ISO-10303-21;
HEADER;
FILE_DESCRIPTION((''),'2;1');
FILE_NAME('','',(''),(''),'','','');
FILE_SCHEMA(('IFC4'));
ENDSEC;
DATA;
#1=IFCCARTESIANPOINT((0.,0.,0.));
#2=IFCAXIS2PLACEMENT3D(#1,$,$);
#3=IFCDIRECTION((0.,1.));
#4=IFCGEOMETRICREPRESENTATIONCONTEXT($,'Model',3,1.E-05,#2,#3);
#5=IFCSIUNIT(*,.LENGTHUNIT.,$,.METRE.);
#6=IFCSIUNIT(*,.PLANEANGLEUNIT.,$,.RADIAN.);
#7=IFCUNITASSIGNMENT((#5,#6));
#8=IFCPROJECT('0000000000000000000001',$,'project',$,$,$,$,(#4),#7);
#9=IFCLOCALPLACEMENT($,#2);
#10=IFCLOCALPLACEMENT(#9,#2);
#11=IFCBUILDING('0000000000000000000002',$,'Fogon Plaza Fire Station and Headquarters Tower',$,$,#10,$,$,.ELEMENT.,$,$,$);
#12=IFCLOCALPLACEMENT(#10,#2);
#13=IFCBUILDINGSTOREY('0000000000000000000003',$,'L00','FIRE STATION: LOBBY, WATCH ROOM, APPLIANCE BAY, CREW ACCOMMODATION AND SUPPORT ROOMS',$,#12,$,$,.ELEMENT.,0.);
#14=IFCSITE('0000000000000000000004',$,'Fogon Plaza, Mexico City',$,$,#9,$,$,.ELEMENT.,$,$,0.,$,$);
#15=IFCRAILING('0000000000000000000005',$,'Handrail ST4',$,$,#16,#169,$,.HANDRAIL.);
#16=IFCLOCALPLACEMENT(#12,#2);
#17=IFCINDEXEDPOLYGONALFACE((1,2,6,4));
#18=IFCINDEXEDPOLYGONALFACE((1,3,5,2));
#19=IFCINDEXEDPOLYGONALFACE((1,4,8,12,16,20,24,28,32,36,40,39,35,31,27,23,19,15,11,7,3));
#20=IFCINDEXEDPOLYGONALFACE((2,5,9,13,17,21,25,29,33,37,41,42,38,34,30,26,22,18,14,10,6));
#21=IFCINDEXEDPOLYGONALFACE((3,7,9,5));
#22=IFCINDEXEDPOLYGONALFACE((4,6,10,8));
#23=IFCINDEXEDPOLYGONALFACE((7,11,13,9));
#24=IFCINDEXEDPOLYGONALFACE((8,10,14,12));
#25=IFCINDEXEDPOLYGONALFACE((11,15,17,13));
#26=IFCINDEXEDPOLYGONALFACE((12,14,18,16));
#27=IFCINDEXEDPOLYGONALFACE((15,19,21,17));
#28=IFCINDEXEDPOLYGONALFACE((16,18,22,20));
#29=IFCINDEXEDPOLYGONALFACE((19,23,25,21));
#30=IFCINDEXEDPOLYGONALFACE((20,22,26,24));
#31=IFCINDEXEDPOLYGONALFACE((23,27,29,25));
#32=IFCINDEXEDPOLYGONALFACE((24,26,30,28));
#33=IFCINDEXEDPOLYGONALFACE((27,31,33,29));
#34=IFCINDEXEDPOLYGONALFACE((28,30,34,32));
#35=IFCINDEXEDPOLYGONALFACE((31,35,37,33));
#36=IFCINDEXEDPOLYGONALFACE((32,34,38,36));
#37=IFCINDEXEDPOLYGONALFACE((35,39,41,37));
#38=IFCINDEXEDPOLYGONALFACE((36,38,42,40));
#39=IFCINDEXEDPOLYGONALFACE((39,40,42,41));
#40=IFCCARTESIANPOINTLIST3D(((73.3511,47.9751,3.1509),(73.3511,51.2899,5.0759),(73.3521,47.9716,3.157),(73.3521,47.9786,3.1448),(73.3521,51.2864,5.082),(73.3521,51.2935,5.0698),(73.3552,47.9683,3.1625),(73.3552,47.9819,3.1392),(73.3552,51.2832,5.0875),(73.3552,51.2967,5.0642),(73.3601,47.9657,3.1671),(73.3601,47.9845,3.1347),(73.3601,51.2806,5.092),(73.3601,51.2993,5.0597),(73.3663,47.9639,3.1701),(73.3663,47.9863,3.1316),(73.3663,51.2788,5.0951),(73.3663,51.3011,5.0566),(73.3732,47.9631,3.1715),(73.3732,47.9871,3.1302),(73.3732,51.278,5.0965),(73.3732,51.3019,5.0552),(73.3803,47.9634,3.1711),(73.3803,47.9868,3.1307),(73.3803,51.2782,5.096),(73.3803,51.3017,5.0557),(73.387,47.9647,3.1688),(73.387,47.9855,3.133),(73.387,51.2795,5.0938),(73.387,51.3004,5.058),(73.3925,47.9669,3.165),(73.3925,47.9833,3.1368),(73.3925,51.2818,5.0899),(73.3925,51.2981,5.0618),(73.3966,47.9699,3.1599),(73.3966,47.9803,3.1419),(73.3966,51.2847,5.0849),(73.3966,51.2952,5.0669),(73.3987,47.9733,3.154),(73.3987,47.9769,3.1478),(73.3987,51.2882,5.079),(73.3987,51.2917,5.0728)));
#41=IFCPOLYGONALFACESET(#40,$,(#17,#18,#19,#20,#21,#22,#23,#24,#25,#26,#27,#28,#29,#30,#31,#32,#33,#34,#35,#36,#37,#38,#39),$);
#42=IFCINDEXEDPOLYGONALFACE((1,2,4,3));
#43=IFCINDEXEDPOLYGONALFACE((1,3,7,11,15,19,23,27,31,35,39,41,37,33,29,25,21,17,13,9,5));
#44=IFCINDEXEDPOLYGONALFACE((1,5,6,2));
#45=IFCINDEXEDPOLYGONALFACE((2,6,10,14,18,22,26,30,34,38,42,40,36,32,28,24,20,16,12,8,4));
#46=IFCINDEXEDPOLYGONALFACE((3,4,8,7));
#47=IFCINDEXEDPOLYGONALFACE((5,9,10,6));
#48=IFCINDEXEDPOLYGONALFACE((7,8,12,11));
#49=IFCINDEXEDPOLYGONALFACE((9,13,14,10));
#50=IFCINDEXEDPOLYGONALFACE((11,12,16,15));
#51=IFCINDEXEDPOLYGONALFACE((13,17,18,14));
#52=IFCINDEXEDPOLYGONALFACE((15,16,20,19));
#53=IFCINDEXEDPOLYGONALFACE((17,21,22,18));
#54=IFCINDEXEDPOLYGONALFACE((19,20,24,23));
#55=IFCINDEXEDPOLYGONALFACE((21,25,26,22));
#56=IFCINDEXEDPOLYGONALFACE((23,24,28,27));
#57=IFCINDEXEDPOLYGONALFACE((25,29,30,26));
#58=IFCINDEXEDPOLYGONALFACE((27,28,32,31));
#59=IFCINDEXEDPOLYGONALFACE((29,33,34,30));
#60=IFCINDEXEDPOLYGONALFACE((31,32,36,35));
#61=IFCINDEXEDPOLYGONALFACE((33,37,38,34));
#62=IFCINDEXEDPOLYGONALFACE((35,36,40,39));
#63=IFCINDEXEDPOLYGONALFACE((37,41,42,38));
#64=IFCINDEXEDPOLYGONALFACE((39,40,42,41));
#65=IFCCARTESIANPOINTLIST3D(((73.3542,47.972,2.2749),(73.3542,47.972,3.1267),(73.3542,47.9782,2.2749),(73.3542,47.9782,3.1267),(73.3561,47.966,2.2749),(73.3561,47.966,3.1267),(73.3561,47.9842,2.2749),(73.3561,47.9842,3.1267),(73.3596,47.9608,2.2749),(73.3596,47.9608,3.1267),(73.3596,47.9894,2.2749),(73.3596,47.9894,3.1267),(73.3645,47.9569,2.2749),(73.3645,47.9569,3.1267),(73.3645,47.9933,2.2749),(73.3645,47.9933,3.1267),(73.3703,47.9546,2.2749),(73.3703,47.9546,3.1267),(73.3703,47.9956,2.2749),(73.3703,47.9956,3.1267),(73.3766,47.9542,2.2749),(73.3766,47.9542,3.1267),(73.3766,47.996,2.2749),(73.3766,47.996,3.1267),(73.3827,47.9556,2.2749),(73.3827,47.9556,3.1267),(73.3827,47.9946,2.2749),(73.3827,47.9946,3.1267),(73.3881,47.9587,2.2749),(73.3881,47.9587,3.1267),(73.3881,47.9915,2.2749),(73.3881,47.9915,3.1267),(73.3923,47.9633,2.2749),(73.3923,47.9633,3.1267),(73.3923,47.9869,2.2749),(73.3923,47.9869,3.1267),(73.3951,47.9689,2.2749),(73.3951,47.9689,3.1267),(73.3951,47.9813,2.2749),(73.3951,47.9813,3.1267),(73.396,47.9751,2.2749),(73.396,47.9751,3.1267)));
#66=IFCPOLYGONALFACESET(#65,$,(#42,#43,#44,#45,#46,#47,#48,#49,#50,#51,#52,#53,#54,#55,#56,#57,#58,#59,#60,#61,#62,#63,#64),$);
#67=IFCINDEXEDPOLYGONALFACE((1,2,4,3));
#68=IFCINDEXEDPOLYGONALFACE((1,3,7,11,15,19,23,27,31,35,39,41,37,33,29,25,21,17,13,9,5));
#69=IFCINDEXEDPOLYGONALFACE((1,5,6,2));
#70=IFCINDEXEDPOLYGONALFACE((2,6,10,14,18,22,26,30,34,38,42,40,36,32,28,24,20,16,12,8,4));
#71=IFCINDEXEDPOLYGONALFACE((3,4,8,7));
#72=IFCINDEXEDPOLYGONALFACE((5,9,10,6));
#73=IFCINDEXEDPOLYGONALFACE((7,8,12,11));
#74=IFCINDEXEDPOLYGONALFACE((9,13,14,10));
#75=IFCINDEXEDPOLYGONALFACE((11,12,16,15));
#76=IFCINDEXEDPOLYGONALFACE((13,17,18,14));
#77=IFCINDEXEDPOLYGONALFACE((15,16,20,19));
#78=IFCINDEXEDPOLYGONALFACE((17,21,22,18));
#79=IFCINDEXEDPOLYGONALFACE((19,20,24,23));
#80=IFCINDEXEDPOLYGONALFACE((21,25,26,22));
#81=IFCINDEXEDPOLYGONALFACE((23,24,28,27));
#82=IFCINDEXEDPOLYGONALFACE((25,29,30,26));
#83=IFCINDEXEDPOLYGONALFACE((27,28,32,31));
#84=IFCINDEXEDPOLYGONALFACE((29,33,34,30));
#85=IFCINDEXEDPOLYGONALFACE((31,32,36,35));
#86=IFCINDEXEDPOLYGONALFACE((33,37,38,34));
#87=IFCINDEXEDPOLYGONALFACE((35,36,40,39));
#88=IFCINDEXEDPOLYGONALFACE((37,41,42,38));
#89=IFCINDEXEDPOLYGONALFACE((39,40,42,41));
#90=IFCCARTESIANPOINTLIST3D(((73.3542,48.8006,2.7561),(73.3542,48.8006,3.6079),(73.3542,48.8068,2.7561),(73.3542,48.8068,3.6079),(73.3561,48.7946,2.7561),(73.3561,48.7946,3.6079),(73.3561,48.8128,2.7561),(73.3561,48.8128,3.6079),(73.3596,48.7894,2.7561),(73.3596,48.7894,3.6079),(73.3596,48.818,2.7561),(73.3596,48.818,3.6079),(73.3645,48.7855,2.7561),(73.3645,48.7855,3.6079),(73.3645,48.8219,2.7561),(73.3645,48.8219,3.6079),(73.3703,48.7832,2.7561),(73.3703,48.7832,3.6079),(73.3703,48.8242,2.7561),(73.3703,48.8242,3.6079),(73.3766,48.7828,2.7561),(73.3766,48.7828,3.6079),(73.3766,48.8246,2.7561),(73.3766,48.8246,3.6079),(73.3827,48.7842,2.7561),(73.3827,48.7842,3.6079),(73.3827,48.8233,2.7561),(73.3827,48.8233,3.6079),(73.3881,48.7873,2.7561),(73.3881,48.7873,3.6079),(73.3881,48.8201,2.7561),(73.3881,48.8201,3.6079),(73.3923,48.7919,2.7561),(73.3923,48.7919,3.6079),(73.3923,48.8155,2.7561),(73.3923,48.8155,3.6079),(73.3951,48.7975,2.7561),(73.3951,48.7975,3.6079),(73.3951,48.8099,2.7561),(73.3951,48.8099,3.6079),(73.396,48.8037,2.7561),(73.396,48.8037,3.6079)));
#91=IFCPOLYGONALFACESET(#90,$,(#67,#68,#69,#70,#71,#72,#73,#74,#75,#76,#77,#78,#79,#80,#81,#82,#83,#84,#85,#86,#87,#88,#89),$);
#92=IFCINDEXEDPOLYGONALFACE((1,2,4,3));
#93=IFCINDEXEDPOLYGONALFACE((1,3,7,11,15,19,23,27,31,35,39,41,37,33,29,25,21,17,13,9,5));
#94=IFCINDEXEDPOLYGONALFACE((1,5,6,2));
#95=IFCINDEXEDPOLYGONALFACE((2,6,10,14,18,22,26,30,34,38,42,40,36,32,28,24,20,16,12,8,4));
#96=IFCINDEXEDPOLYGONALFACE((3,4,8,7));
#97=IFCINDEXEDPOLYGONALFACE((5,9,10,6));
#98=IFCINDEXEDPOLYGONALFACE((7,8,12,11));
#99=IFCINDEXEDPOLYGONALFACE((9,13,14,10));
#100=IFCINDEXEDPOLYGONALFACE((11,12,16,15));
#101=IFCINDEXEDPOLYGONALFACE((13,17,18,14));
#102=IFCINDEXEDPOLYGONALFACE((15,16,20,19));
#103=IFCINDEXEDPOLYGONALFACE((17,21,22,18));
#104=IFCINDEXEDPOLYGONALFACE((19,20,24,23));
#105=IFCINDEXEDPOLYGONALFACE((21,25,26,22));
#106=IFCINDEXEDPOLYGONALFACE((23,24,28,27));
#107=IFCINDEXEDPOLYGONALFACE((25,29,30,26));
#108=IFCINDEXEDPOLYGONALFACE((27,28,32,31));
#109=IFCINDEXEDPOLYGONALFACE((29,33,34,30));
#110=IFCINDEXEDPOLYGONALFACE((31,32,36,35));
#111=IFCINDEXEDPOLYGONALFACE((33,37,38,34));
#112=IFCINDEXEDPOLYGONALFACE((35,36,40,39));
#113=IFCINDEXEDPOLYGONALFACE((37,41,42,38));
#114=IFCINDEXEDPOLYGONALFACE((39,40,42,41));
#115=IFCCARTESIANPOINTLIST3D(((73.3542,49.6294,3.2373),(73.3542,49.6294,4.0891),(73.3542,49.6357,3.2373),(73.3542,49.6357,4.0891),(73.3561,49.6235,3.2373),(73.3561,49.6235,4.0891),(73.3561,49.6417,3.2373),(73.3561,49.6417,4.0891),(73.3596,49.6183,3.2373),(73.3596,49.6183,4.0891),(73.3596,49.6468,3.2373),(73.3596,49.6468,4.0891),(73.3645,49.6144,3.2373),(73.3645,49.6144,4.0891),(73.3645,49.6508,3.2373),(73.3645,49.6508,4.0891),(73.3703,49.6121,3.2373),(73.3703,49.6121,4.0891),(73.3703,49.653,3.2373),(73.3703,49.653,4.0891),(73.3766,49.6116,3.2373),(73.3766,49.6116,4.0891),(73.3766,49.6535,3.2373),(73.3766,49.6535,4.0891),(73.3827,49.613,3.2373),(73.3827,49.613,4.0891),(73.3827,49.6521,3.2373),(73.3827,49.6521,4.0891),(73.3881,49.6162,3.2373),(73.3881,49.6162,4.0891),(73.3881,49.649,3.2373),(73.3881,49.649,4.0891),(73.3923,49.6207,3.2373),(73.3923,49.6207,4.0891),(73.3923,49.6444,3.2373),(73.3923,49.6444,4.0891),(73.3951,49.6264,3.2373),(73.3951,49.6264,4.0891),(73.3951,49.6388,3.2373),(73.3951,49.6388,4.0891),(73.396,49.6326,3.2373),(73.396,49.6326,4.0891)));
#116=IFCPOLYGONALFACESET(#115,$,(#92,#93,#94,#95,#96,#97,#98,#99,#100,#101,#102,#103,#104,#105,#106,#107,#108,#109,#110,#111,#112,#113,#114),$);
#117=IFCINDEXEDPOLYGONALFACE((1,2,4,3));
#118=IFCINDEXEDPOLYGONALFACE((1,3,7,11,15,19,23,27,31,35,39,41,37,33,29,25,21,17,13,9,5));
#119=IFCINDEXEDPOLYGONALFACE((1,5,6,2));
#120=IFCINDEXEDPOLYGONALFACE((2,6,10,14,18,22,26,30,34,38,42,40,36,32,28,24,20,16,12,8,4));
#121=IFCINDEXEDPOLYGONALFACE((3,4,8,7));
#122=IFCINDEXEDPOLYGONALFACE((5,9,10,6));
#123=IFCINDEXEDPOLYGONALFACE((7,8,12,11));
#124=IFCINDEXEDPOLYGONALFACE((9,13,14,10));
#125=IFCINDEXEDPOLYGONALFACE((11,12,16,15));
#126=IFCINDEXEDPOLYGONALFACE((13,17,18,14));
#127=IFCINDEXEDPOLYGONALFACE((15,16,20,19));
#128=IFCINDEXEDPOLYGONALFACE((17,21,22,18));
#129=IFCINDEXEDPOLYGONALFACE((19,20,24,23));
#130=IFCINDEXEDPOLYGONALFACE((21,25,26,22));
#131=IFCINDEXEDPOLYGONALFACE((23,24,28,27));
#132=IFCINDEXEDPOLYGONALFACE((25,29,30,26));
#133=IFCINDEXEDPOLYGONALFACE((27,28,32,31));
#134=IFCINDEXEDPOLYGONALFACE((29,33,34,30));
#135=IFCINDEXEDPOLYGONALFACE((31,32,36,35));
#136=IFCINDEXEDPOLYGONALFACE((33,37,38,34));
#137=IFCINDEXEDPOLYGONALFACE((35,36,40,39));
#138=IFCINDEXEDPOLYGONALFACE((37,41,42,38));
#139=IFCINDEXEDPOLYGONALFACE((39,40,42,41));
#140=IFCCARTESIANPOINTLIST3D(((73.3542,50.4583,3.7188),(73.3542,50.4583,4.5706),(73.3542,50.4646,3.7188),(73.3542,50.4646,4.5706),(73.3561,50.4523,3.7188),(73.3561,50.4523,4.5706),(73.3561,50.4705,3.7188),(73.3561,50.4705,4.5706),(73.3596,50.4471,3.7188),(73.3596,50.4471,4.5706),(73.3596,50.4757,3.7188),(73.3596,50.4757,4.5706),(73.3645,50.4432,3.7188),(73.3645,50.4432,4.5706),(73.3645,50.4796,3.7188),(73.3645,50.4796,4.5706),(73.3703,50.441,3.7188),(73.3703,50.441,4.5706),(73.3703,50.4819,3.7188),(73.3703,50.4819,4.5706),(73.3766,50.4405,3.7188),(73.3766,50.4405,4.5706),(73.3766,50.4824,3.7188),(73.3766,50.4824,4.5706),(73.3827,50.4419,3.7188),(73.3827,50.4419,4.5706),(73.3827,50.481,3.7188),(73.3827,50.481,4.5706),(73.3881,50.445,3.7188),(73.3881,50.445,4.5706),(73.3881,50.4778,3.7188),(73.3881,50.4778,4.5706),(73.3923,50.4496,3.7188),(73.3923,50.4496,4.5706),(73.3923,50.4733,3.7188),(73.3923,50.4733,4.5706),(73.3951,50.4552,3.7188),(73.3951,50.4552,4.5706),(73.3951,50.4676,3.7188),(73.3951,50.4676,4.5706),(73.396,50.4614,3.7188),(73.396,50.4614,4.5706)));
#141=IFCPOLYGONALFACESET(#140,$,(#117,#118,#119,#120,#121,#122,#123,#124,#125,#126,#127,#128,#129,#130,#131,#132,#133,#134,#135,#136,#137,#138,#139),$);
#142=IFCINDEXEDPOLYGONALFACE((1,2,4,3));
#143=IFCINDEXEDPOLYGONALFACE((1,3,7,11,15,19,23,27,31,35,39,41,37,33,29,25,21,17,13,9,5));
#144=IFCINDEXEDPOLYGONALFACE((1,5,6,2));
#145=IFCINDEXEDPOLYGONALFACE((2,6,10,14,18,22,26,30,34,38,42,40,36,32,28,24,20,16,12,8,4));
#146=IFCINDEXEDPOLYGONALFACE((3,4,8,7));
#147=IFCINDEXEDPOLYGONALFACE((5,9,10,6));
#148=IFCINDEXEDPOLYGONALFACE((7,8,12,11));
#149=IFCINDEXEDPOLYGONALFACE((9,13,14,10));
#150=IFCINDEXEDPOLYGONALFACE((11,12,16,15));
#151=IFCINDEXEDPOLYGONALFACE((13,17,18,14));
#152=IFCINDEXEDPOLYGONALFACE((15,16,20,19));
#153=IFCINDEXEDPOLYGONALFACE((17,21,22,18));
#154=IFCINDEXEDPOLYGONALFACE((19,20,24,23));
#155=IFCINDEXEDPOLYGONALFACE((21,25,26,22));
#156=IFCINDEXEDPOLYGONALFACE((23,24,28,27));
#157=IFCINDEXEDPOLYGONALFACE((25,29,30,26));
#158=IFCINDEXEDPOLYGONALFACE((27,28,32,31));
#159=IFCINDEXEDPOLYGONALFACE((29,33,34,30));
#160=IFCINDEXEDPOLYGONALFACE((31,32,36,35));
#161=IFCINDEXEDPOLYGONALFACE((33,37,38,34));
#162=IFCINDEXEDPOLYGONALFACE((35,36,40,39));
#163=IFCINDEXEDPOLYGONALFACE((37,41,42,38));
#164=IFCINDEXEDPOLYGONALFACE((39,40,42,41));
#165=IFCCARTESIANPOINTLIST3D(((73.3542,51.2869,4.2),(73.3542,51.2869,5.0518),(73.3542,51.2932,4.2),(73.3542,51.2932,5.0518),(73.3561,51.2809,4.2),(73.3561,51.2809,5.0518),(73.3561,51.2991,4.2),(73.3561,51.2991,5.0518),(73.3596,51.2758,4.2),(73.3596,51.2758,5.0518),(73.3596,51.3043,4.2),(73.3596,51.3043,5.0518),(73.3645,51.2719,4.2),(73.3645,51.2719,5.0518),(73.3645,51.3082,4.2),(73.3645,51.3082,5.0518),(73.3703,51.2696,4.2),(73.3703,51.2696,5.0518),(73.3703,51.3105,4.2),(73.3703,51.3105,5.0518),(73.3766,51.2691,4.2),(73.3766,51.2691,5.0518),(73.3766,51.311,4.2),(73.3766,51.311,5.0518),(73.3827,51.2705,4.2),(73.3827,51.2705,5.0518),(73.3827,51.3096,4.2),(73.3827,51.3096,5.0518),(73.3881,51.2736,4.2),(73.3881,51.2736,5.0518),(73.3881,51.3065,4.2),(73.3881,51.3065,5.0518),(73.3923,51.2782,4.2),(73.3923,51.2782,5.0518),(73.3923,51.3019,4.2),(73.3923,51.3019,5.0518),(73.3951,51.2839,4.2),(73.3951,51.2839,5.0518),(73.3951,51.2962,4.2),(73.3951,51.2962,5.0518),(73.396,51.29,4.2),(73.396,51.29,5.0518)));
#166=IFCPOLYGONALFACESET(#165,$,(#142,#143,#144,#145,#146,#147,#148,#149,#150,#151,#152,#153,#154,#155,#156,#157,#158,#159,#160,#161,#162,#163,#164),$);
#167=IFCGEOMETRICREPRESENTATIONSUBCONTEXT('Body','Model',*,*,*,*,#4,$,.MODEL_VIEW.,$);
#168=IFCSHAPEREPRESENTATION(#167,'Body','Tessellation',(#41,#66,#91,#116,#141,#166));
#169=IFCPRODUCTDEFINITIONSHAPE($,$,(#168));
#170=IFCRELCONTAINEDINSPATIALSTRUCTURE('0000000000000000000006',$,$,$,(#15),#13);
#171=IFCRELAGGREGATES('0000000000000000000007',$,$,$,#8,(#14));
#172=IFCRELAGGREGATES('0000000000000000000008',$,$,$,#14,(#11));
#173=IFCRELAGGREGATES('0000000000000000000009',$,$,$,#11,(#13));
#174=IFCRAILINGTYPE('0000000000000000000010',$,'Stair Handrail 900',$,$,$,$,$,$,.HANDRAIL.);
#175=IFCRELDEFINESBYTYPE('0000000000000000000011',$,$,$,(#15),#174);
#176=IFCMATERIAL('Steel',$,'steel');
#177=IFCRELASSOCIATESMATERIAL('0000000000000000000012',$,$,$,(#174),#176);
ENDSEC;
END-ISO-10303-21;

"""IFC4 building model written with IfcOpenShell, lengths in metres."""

from ifc_helpers import new_model, si_unit, direction, frame, origin, origin_2d, place, context, subcontext, project, spatial, circle, extrude, material, type_object, element, save


model = new_model("IFC4")

# Units and contexts
model_context = context("Model", 3, precision=1e-05, world=origin(), true_north=direction((0.0, 1.0)))
body_context = subcontext(model_context, "Body", "Model", "MODEL_VIEW")
ifc_project = project(units=[si_unit("LENGTHUNIT", "METRE"), si_unit("PLANEANGLEUNIT", "RADIAN")], contexts=[model_context])

# Site, building, storey
site_placement = place(None, origin())
site = spatial("IfcSite", under=ifc_project, at=site_placement, Name="Fogon Plaza, Mexico City", CompositionType="ELEMENT", RefElevation=0.0)
building_placement = place(site_placement, origin())
building = spatial("IfcBuilding", under=site, at=building_placement, Name="Fogon Plaza Fire Station and Headquarters Tower", CompositionType="ELEMENT")
storey_placement = place(building_placement, origin())
storey = spatial("IfcBuildingStorey", under=building, at=storey_placement, Name="L00", Description="FIRE STATION: LOBBY, WATCH ROOM, APPLIANCE BAY, CREW ACCOMMODATION AND SUPPORT ROOMS", CompositionType="ELEMENT", Elevation=0.0)

# Railing
ifc_material_1 = material(Name="Steel", Category="steel")
railing_type = type_object("IfcRailingType", Name="Stair Handrail 900", PredefinedType="HANDRAIL", material=ifc_material_1)
for number, where, name in (
    (1, (73.375, 47.9751, 2.2749), "Handrail ST4"),
):
    element("IfcRailing", number, at=place(storey_placement, frame(where)), inside=storey, type_object=railing_type, Name=name, PredefinedType="HANDRAIL", context=body_context, shape_type="SweptSolid", body=[
        extrude(circle(Radius=0.0239, at=origin_2d()), frame((0.0, 0.0, 0.876), z_axis=(0.0, 0.864761, 0.502183), x_axis=(-1.0, 0.0, 0.0)), (0.0, 0.0, 1.0), 3.8333),
        extrude(circle(Radius=0.021, at=origin_2d()), origin(), (0.0, 0.0, 1.0), 0.8518),
        extrude(circle(Radius=0.021, at=origin_2d()), frame((0.0, 0.8286, 0.4812)), (0.0, 0.0, 1.0), 0.8518),
        extrude(circle(Radius=0.021, at=origin_2d()), frame((0.0, 1.6575, 0.9624)), (0.0, 0.0, 1.0), 0.8518),
        extrude(circle(Radius=0.021, at=origin_2d()), frame((0.0, 2.4863, 1.4438)), (0.0, 0.0, 1.0), 0.8518),
        extrude(circle(Radius=0.021, at=origin_2d()), frame((0.0, 3.3149, 1.925)), (0.0, 0.0, 1.0), 0.8518),
    ])

save(model, "model.ifc")
